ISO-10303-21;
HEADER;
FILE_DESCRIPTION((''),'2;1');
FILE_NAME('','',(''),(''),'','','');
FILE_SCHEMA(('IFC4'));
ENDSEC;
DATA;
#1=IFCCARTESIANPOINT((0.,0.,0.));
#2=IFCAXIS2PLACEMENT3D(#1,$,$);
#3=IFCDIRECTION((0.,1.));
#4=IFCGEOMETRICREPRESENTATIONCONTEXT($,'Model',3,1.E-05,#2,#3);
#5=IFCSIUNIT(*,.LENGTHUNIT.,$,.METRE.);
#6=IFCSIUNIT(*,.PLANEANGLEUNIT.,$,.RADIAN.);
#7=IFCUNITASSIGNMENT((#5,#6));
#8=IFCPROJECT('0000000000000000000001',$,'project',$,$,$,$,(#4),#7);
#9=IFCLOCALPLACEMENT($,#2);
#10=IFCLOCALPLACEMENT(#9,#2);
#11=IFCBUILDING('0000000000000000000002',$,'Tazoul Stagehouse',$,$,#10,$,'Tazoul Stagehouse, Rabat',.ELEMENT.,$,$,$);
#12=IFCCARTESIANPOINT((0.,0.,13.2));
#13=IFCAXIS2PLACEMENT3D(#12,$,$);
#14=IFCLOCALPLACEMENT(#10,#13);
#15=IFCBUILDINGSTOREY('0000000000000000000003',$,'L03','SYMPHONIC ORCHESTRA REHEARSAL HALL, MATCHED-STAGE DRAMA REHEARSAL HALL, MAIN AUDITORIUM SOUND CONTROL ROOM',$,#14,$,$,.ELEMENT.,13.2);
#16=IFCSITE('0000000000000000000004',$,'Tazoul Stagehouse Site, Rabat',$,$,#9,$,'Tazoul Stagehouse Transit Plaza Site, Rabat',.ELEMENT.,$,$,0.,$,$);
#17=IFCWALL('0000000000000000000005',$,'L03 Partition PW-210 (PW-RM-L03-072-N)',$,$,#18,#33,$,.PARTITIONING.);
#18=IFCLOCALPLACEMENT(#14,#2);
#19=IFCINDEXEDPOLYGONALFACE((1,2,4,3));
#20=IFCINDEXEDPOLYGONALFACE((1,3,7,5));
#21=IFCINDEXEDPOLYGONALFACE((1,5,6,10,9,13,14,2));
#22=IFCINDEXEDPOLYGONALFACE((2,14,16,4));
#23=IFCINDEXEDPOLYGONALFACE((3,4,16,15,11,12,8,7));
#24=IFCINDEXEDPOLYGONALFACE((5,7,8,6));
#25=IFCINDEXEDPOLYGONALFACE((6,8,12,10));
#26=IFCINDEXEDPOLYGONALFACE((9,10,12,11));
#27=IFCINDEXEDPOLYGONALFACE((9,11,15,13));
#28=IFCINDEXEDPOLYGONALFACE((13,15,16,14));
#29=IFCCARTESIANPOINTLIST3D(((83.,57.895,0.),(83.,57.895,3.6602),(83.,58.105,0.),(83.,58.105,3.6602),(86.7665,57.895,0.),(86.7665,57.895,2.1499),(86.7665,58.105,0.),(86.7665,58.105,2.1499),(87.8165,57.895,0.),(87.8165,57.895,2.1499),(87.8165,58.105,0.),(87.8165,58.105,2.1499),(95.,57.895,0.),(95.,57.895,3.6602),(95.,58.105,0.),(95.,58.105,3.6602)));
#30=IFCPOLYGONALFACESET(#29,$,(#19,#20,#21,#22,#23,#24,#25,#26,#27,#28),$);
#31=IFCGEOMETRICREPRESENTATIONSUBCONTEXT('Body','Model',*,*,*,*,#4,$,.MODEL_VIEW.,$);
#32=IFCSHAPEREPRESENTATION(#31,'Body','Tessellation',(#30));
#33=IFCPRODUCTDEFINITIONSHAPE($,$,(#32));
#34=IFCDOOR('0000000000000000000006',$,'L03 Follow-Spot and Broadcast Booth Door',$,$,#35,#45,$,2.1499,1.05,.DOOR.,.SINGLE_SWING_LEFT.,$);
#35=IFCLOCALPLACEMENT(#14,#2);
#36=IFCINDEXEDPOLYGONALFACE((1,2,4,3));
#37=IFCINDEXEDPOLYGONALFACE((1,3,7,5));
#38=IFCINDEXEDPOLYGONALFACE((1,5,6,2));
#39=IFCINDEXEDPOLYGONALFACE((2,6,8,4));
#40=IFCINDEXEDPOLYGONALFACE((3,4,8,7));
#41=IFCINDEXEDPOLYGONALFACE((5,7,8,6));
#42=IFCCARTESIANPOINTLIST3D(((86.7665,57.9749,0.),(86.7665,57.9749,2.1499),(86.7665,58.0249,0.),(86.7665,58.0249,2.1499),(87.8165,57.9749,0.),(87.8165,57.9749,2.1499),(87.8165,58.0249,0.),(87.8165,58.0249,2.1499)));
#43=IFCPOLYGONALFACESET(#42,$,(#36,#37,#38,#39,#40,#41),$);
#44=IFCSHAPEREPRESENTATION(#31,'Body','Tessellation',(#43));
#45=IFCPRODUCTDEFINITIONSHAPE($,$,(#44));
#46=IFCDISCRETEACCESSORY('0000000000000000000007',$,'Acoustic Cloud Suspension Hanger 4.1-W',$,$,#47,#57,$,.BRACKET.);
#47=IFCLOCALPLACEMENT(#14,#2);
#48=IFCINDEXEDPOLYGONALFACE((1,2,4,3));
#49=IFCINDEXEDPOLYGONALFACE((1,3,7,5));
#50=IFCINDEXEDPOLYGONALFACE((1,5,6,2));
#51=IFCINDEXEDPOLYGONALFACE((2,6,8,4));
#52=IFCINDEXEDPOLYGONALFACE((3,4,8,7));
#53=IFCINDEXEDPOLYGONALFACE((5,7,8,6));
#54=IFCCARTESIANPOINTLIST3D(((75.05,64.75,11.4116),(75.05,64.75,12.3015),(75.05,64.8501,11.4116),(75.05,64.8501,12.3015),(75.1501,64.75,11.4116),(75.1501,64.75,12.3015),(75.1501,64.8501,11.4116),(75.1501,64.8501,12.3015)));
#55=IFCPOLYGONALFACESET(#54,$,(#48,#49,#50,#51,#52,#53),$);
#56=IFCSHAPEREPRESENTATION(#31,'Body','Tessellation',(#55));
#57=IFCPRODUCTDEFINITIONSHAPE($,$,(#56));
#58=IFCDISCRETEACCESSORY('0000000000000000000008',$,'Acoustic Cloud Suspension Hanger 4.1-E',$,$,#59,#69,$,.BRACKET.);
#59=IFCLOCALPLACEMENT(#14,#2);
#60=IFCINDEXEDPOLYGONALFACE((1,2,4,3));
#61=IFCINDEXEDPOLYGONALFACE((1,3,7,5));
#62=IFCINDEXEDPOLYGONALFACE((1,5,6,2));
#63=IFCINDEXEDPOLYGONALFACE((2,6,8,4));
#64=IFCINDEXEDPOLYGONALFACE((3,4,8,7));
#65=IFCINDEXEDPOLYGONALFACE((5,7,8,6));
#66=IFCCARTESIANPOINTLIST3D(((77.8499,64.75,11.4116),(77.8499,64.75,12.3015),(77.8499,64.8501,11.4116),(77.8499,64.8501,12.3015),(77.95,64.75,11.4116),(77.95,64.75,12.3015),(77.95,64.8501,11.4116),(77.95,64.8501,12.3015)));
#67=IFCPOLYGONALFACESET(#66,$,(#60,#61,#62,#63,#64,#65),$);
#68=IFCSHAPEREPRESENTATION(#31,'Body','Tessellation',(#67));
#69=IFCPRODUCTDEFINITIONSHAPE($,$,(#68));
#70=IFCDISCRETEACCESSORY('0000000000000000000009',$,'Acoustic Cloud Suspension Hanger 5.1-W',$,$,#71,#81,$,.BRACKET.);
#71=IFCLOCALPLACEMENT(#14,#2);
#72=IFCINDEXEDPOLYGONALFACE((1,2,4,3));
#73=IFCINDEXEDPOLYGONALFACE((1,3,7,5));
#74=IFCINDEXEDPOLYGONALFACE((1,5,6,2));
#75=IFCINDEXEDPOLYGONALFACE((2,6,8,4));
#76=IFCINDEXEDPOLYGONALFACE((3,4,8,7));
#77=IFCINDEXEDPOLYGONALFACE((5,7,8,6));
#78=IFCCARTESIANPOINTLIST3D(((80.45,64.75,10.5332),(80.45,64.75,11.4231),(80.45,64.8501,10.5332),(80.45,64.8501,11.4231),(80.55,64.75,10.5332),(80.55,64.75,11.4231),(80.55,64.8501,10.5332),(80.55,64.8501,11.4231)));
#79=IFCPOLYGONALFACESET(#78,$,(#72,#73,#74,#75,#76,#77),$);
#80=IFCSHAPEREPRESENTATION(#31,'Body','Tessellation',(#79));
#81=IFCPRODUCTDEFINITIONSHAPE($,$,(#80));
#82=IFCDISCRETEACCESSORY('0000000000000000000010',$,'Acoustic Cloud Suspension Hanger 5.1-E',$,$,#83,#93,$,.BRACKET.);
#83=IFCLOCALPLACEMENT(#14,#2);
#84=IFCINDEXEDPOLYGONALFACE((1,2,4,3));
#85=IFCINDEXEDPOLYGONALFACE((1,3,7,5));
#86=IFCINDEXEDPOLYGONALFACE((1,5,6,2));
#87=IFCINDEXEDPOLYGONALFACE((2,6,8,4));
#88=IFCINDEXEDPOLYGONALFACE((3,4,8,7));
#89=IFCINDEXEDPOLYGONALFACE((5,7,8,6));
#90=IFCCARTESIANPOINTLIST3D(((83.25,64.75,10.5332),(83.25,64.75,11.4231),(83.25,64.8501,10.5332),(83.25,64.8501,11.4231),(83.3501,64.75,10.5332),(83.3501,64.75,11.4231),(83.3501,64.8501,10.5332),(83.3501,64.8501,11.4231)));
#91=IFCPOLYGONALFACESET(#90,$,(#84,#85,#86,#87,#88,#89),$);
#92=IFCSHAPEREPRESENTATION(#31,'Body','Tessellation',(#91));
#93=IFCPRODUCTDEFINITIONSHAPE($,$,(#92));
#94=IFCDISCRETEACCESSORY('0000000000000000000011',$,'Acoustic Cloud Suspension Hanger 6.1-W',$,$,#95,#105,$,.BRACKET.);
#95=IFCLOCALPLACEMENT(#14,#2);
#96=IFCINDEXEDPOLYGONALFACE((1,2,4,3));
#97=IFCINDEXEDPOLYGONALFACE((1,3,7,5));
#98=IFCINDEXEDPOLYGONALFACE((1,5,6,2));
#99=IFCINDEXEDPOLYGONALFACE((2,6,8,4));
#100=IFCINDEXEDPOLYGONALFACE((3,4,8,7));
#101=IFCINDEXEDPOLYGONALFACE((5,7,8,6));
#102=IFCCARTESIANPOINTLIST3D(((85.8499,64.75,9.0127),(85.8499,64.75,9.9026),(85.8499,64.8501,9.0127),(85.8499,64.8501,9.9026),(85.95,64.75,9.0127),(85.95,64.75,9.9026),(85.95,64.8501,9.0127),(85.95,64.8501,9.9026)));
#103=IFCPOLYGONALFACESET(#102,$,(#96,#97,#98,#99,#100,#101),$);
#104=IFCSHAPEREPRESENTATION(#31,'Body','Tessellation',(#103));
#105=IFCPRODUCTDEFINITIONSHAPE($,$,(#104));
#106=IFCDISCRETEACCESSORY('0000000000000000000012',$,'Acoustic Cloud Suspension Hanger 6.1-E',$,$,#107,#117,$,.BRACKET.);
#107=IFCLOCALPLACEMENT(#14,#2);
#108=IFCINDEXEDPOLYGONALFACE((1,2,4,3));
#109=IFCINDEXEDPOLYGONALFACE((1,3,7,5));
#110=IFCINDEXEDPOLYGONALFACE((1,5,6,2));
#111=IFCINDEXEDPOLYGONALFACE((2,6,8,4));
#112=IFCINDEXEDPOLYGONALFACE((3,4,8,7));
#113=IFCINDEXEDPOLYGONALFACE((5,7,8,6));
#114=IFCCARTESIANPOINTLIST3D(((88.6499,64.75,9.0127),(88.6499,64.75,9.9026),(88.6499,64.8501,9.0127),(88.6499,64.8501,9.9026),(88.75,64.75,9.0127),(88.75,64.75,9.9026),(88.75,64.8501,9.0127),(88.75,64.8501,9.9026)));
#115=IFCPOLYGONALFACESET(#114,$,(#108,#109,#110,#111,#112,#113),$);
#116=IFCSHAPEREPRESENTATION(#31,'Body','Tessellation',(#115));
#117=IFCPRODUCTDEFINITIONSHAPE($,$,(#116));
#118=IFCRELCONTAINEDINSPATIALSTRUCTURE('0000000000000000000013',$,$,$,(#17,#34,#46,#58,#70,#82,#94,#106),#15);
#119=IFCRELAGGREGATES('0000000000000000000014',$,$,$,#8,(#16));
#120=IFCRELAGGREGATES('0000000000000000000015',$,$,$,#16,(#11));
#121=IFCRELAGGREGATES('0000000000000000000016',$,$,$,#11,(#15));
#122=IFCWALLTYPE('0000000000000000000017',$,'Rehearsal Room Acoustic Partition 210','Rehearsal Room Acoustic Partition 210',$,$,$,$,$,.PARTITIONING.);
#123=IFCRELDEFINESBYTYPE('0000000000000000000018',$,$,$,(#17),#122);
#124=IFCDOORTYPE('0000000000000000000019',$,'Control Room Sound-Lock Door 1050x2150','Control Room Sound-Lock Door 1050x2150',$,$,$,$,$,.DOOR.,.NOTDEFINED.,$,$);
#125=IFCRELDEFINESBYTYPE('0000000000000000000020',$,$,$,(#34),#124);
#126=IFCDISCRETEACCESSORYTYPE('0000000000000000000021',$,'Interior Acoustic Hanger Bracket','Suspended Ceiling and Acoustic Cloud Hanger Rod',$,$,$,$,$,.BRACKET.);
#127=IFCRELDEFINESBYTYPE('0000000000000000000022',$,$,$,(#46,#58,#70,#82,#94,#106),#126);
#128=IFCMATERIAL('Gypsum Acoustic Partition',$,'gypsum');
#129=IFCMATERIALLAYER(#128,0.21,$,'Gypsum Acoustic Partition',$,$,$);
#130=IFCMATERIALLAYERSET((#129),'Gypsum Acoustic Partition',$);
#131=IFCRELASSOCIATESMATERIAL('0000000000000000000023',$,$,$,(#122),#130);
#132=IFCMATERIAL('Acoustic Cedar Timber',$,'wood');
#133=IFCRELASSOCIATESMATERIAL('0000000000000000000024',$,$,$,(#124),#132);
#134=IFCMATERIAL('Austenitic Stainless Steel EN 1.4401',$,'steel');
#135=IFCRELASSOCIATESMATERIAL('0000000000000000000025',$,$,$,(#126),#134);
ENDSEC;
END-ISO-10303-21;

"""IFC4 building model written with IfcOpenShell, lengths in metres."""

from ifc_helpers import new_model, si_unit, direction, frame, frame_2d, origin, origin_2d, place, context, subcontext, project, spatial, rectangle, extrude, material, layer, layer_set, type_object, element, fill, save


model = new_model("IFC4")

# Units and contexts
model_context = context("Model", 3, precision=1e-05, world=origin(), true_north=direction((0.0, 1.0)))
body_context = subcontext(model_context, "Body", "Model", "MODEL_VIEW")
ifc_project = project(units=[si_unit("LENGTHUNIT", "METRE"), si_unit("PLANEANGLEUNIT", "RADIAN")], contexts=[model_context])

# Site, building, storey
site_placement = place(None, origin())
site = spatial("IfcSite", under=ifc_project, at=site_placement, Name="Tazoul Stagehouse Site, Rabat", LongName="Tazoul Stagehouse Transit Plaza Site, Rabat", CompositionType="ELEMENT", RefElevation=0.0)
building_placement = place(site_placement, origin())
building = spatial("IfcBuilding", under=site, at=building_placement, Name="Tazoul Stagehouse", LongName="Tazoul Stagehouse, Rabat", CompositionType="ELEMENT")
storey_placement = place(building_placement, frame((0.0, 0.0, 13.2)))
storey = spatial("IfcBuildingStorey", under=building, at=storey_placement, Name="L03", Description="SYMPHONIC ORCHESTRA REHEARSAL HALL, MATCHED-STAGE DRAMA REHEARSAL HALL, MAIN AUDITORIUM SOUND CONTROL ROOM", CompositionType="ELEMENT", Elevation=13.2)

# Shared definitions
ifc_material_1 = material(Name="Acoustic Cedar Timber", Category="wood")

# Wall, opening, door
ifc_material_2 = material(Name="Gypsum Acoustic Partition", Category="gypsum")
ifc_layer_1 = layer(ifc_material_2, 0.21, Name="Gypsum Acoustic Partition")
ifc_layer_set_1 = layer_set([ifc_layer_1], Name="Gypsum Acoustic Partition")
wall_type = type_object("IfcWallType", Name="Rehearsal Room Acoustic Partition 210", Description="Rehearsal Room Acoustic Partition 210", PredefinedType="PARTITIONING", material=ifc_layer_set_1)
wall_placement = place(storey_placement, frame((83.0, 58.0, 0.0), z_axis=(0.0, 0.0, 1.0), x_axis=(1.0, 0.0, 0.0)))
wall = element("IfcWall", 1, at=wall_placement, inside=storey, type_object=wall_type, Name="L03 Partition PW-210 (PW-RM-L03-072-N)", PredefinedType="PARTITIONING", context=body_context, shape_type="SweptSolid", body=[
    extrude(rectangle(XDim=12.0, YDim=0.21, at=frame_2d((6.0, 0.0))), origin(), (0.0, 0.0, 1.0), 3.6602),
])
opening_placement = place(wall_placement, frame((3.7666, 0.0, 0.0)))
opening = element("IfcOpeningElement", 2, at=opening_placement, cuts=wall, PredefinedType="OPENING", context=body_context, shape_type="SweptSolid", body=[
    extrude(rectangle(XDim=1.05, YDim=2.1499, at=frame_2d((0.5249, 1.075))), frame((0.0, 0.125, 0.0), z_axis=(0.0, -1.0, 0.0), x_axis=(1.0, 0.0, 0.0)), (0.0, 0.0, 1.0), 0.25),
])
door_type = type_object("IfcDoorType", Name="Control Room Sound-Lock Door 1050x2150", Description="Control Room Sound-Lock Door 1050x2150", OperationType="NOTDEFINED", PredefinedType="DOOR", material=ifc_material_1)
door_placement = place(opening_placement, origin())
door = element("IfcDoor", 3, at=door_placement, inside=storey, type_object=door_type, Name="L03 Follow-Spot and Broadcast Booth Door", OperationType="SINGLE_SWING_LEFT", OverallHeight=2.1499, OverallWidth=1.05, PredefinedType="DOOR", context=body_context, shape_type="SweptSolid", body=[
    extrude(rectangle(XDim=1.05, YDim=2.1499, at=frame_2d((0.5249, 1.075))), frame((0.0, 0.0249, 0.0), z_axis=(0.0, -1.0, 0.0), x_axis=(1.0, 0.0, 0.0)), (0.0, 0.0, 1.0), 0.05),
])
fill(opening, door)

# Discrete accessories
ifc_material_3 = material(Name="Austenitic Stainless Steel EN 1.4401", Category="steel")
discrete_accessory_type = type_object("IfcDiscreteAccessoryType", Name="Interior Acoustic Hanger Bracket", Description="Suspended Ceiling and Acoustic Cloud Hanger Rod", PredefinedType="BRACKET", material=ifc_material_3)
for number, where, z_axis, x_axis, name in (
    (4, (75.1001, 64.8, 11.4116), (0.0, 0.0, 1.0), (1.0, 0.0, 0.0), "Acoustic Cloud Suspension Hanger 4.1-W"),
    (5, (77.8999, 64.8, 11.4116), (0.0, 0.0, 1.0), (1.0, 0.0, 0.0), "Acoustic Cloud Suspension Hanger 4.1-E"),
    (6, (80.5, 64.8, 10.5332), (0.0, 0.0, 1.0), (1.0, 0.0, 0.0), "Acoustic Cloud Suspension Hanger 5.1-W"),
    (7, (83.3, 64.8, 10.5332), (0.0, 0.0, 1.0), (1.0, 0.0, 0.0), "Acoustic Cloud Suspension Hanger 5.1-E"),
    (8, (85.8999, 64.8, 9.0127), (0.0, 0.0, 1.0), (1.0, 0.0, 0.0), "Acoustic Cloud Suspension Hanger 6.1-W"),
    (9, (88.7, 64.8, 9.0127), (0.0, 0.0, 1.0), (1.0, 0.0, 0.0), "Acoustic Cloud Suspension Hanger 6.1-E"),
):
    element("IfcDiscreteAccessory", number, at=place(storey_placement, frame(where, z_axis=z_axis, x_axis=x_axis)), inside=storey, type_object=discrete_accessory_type, Name=name, PredefinedType="BRACKET", context=body_context, shape_type="SweptSolid", body=[
        extrude(rectangle(XDim=0.1001, YDim=0.1001, at=origin_2d()), origin(), (0.0, 0.0, 1.0), 0.8899),
    ])

save(model, "model.ifc")
